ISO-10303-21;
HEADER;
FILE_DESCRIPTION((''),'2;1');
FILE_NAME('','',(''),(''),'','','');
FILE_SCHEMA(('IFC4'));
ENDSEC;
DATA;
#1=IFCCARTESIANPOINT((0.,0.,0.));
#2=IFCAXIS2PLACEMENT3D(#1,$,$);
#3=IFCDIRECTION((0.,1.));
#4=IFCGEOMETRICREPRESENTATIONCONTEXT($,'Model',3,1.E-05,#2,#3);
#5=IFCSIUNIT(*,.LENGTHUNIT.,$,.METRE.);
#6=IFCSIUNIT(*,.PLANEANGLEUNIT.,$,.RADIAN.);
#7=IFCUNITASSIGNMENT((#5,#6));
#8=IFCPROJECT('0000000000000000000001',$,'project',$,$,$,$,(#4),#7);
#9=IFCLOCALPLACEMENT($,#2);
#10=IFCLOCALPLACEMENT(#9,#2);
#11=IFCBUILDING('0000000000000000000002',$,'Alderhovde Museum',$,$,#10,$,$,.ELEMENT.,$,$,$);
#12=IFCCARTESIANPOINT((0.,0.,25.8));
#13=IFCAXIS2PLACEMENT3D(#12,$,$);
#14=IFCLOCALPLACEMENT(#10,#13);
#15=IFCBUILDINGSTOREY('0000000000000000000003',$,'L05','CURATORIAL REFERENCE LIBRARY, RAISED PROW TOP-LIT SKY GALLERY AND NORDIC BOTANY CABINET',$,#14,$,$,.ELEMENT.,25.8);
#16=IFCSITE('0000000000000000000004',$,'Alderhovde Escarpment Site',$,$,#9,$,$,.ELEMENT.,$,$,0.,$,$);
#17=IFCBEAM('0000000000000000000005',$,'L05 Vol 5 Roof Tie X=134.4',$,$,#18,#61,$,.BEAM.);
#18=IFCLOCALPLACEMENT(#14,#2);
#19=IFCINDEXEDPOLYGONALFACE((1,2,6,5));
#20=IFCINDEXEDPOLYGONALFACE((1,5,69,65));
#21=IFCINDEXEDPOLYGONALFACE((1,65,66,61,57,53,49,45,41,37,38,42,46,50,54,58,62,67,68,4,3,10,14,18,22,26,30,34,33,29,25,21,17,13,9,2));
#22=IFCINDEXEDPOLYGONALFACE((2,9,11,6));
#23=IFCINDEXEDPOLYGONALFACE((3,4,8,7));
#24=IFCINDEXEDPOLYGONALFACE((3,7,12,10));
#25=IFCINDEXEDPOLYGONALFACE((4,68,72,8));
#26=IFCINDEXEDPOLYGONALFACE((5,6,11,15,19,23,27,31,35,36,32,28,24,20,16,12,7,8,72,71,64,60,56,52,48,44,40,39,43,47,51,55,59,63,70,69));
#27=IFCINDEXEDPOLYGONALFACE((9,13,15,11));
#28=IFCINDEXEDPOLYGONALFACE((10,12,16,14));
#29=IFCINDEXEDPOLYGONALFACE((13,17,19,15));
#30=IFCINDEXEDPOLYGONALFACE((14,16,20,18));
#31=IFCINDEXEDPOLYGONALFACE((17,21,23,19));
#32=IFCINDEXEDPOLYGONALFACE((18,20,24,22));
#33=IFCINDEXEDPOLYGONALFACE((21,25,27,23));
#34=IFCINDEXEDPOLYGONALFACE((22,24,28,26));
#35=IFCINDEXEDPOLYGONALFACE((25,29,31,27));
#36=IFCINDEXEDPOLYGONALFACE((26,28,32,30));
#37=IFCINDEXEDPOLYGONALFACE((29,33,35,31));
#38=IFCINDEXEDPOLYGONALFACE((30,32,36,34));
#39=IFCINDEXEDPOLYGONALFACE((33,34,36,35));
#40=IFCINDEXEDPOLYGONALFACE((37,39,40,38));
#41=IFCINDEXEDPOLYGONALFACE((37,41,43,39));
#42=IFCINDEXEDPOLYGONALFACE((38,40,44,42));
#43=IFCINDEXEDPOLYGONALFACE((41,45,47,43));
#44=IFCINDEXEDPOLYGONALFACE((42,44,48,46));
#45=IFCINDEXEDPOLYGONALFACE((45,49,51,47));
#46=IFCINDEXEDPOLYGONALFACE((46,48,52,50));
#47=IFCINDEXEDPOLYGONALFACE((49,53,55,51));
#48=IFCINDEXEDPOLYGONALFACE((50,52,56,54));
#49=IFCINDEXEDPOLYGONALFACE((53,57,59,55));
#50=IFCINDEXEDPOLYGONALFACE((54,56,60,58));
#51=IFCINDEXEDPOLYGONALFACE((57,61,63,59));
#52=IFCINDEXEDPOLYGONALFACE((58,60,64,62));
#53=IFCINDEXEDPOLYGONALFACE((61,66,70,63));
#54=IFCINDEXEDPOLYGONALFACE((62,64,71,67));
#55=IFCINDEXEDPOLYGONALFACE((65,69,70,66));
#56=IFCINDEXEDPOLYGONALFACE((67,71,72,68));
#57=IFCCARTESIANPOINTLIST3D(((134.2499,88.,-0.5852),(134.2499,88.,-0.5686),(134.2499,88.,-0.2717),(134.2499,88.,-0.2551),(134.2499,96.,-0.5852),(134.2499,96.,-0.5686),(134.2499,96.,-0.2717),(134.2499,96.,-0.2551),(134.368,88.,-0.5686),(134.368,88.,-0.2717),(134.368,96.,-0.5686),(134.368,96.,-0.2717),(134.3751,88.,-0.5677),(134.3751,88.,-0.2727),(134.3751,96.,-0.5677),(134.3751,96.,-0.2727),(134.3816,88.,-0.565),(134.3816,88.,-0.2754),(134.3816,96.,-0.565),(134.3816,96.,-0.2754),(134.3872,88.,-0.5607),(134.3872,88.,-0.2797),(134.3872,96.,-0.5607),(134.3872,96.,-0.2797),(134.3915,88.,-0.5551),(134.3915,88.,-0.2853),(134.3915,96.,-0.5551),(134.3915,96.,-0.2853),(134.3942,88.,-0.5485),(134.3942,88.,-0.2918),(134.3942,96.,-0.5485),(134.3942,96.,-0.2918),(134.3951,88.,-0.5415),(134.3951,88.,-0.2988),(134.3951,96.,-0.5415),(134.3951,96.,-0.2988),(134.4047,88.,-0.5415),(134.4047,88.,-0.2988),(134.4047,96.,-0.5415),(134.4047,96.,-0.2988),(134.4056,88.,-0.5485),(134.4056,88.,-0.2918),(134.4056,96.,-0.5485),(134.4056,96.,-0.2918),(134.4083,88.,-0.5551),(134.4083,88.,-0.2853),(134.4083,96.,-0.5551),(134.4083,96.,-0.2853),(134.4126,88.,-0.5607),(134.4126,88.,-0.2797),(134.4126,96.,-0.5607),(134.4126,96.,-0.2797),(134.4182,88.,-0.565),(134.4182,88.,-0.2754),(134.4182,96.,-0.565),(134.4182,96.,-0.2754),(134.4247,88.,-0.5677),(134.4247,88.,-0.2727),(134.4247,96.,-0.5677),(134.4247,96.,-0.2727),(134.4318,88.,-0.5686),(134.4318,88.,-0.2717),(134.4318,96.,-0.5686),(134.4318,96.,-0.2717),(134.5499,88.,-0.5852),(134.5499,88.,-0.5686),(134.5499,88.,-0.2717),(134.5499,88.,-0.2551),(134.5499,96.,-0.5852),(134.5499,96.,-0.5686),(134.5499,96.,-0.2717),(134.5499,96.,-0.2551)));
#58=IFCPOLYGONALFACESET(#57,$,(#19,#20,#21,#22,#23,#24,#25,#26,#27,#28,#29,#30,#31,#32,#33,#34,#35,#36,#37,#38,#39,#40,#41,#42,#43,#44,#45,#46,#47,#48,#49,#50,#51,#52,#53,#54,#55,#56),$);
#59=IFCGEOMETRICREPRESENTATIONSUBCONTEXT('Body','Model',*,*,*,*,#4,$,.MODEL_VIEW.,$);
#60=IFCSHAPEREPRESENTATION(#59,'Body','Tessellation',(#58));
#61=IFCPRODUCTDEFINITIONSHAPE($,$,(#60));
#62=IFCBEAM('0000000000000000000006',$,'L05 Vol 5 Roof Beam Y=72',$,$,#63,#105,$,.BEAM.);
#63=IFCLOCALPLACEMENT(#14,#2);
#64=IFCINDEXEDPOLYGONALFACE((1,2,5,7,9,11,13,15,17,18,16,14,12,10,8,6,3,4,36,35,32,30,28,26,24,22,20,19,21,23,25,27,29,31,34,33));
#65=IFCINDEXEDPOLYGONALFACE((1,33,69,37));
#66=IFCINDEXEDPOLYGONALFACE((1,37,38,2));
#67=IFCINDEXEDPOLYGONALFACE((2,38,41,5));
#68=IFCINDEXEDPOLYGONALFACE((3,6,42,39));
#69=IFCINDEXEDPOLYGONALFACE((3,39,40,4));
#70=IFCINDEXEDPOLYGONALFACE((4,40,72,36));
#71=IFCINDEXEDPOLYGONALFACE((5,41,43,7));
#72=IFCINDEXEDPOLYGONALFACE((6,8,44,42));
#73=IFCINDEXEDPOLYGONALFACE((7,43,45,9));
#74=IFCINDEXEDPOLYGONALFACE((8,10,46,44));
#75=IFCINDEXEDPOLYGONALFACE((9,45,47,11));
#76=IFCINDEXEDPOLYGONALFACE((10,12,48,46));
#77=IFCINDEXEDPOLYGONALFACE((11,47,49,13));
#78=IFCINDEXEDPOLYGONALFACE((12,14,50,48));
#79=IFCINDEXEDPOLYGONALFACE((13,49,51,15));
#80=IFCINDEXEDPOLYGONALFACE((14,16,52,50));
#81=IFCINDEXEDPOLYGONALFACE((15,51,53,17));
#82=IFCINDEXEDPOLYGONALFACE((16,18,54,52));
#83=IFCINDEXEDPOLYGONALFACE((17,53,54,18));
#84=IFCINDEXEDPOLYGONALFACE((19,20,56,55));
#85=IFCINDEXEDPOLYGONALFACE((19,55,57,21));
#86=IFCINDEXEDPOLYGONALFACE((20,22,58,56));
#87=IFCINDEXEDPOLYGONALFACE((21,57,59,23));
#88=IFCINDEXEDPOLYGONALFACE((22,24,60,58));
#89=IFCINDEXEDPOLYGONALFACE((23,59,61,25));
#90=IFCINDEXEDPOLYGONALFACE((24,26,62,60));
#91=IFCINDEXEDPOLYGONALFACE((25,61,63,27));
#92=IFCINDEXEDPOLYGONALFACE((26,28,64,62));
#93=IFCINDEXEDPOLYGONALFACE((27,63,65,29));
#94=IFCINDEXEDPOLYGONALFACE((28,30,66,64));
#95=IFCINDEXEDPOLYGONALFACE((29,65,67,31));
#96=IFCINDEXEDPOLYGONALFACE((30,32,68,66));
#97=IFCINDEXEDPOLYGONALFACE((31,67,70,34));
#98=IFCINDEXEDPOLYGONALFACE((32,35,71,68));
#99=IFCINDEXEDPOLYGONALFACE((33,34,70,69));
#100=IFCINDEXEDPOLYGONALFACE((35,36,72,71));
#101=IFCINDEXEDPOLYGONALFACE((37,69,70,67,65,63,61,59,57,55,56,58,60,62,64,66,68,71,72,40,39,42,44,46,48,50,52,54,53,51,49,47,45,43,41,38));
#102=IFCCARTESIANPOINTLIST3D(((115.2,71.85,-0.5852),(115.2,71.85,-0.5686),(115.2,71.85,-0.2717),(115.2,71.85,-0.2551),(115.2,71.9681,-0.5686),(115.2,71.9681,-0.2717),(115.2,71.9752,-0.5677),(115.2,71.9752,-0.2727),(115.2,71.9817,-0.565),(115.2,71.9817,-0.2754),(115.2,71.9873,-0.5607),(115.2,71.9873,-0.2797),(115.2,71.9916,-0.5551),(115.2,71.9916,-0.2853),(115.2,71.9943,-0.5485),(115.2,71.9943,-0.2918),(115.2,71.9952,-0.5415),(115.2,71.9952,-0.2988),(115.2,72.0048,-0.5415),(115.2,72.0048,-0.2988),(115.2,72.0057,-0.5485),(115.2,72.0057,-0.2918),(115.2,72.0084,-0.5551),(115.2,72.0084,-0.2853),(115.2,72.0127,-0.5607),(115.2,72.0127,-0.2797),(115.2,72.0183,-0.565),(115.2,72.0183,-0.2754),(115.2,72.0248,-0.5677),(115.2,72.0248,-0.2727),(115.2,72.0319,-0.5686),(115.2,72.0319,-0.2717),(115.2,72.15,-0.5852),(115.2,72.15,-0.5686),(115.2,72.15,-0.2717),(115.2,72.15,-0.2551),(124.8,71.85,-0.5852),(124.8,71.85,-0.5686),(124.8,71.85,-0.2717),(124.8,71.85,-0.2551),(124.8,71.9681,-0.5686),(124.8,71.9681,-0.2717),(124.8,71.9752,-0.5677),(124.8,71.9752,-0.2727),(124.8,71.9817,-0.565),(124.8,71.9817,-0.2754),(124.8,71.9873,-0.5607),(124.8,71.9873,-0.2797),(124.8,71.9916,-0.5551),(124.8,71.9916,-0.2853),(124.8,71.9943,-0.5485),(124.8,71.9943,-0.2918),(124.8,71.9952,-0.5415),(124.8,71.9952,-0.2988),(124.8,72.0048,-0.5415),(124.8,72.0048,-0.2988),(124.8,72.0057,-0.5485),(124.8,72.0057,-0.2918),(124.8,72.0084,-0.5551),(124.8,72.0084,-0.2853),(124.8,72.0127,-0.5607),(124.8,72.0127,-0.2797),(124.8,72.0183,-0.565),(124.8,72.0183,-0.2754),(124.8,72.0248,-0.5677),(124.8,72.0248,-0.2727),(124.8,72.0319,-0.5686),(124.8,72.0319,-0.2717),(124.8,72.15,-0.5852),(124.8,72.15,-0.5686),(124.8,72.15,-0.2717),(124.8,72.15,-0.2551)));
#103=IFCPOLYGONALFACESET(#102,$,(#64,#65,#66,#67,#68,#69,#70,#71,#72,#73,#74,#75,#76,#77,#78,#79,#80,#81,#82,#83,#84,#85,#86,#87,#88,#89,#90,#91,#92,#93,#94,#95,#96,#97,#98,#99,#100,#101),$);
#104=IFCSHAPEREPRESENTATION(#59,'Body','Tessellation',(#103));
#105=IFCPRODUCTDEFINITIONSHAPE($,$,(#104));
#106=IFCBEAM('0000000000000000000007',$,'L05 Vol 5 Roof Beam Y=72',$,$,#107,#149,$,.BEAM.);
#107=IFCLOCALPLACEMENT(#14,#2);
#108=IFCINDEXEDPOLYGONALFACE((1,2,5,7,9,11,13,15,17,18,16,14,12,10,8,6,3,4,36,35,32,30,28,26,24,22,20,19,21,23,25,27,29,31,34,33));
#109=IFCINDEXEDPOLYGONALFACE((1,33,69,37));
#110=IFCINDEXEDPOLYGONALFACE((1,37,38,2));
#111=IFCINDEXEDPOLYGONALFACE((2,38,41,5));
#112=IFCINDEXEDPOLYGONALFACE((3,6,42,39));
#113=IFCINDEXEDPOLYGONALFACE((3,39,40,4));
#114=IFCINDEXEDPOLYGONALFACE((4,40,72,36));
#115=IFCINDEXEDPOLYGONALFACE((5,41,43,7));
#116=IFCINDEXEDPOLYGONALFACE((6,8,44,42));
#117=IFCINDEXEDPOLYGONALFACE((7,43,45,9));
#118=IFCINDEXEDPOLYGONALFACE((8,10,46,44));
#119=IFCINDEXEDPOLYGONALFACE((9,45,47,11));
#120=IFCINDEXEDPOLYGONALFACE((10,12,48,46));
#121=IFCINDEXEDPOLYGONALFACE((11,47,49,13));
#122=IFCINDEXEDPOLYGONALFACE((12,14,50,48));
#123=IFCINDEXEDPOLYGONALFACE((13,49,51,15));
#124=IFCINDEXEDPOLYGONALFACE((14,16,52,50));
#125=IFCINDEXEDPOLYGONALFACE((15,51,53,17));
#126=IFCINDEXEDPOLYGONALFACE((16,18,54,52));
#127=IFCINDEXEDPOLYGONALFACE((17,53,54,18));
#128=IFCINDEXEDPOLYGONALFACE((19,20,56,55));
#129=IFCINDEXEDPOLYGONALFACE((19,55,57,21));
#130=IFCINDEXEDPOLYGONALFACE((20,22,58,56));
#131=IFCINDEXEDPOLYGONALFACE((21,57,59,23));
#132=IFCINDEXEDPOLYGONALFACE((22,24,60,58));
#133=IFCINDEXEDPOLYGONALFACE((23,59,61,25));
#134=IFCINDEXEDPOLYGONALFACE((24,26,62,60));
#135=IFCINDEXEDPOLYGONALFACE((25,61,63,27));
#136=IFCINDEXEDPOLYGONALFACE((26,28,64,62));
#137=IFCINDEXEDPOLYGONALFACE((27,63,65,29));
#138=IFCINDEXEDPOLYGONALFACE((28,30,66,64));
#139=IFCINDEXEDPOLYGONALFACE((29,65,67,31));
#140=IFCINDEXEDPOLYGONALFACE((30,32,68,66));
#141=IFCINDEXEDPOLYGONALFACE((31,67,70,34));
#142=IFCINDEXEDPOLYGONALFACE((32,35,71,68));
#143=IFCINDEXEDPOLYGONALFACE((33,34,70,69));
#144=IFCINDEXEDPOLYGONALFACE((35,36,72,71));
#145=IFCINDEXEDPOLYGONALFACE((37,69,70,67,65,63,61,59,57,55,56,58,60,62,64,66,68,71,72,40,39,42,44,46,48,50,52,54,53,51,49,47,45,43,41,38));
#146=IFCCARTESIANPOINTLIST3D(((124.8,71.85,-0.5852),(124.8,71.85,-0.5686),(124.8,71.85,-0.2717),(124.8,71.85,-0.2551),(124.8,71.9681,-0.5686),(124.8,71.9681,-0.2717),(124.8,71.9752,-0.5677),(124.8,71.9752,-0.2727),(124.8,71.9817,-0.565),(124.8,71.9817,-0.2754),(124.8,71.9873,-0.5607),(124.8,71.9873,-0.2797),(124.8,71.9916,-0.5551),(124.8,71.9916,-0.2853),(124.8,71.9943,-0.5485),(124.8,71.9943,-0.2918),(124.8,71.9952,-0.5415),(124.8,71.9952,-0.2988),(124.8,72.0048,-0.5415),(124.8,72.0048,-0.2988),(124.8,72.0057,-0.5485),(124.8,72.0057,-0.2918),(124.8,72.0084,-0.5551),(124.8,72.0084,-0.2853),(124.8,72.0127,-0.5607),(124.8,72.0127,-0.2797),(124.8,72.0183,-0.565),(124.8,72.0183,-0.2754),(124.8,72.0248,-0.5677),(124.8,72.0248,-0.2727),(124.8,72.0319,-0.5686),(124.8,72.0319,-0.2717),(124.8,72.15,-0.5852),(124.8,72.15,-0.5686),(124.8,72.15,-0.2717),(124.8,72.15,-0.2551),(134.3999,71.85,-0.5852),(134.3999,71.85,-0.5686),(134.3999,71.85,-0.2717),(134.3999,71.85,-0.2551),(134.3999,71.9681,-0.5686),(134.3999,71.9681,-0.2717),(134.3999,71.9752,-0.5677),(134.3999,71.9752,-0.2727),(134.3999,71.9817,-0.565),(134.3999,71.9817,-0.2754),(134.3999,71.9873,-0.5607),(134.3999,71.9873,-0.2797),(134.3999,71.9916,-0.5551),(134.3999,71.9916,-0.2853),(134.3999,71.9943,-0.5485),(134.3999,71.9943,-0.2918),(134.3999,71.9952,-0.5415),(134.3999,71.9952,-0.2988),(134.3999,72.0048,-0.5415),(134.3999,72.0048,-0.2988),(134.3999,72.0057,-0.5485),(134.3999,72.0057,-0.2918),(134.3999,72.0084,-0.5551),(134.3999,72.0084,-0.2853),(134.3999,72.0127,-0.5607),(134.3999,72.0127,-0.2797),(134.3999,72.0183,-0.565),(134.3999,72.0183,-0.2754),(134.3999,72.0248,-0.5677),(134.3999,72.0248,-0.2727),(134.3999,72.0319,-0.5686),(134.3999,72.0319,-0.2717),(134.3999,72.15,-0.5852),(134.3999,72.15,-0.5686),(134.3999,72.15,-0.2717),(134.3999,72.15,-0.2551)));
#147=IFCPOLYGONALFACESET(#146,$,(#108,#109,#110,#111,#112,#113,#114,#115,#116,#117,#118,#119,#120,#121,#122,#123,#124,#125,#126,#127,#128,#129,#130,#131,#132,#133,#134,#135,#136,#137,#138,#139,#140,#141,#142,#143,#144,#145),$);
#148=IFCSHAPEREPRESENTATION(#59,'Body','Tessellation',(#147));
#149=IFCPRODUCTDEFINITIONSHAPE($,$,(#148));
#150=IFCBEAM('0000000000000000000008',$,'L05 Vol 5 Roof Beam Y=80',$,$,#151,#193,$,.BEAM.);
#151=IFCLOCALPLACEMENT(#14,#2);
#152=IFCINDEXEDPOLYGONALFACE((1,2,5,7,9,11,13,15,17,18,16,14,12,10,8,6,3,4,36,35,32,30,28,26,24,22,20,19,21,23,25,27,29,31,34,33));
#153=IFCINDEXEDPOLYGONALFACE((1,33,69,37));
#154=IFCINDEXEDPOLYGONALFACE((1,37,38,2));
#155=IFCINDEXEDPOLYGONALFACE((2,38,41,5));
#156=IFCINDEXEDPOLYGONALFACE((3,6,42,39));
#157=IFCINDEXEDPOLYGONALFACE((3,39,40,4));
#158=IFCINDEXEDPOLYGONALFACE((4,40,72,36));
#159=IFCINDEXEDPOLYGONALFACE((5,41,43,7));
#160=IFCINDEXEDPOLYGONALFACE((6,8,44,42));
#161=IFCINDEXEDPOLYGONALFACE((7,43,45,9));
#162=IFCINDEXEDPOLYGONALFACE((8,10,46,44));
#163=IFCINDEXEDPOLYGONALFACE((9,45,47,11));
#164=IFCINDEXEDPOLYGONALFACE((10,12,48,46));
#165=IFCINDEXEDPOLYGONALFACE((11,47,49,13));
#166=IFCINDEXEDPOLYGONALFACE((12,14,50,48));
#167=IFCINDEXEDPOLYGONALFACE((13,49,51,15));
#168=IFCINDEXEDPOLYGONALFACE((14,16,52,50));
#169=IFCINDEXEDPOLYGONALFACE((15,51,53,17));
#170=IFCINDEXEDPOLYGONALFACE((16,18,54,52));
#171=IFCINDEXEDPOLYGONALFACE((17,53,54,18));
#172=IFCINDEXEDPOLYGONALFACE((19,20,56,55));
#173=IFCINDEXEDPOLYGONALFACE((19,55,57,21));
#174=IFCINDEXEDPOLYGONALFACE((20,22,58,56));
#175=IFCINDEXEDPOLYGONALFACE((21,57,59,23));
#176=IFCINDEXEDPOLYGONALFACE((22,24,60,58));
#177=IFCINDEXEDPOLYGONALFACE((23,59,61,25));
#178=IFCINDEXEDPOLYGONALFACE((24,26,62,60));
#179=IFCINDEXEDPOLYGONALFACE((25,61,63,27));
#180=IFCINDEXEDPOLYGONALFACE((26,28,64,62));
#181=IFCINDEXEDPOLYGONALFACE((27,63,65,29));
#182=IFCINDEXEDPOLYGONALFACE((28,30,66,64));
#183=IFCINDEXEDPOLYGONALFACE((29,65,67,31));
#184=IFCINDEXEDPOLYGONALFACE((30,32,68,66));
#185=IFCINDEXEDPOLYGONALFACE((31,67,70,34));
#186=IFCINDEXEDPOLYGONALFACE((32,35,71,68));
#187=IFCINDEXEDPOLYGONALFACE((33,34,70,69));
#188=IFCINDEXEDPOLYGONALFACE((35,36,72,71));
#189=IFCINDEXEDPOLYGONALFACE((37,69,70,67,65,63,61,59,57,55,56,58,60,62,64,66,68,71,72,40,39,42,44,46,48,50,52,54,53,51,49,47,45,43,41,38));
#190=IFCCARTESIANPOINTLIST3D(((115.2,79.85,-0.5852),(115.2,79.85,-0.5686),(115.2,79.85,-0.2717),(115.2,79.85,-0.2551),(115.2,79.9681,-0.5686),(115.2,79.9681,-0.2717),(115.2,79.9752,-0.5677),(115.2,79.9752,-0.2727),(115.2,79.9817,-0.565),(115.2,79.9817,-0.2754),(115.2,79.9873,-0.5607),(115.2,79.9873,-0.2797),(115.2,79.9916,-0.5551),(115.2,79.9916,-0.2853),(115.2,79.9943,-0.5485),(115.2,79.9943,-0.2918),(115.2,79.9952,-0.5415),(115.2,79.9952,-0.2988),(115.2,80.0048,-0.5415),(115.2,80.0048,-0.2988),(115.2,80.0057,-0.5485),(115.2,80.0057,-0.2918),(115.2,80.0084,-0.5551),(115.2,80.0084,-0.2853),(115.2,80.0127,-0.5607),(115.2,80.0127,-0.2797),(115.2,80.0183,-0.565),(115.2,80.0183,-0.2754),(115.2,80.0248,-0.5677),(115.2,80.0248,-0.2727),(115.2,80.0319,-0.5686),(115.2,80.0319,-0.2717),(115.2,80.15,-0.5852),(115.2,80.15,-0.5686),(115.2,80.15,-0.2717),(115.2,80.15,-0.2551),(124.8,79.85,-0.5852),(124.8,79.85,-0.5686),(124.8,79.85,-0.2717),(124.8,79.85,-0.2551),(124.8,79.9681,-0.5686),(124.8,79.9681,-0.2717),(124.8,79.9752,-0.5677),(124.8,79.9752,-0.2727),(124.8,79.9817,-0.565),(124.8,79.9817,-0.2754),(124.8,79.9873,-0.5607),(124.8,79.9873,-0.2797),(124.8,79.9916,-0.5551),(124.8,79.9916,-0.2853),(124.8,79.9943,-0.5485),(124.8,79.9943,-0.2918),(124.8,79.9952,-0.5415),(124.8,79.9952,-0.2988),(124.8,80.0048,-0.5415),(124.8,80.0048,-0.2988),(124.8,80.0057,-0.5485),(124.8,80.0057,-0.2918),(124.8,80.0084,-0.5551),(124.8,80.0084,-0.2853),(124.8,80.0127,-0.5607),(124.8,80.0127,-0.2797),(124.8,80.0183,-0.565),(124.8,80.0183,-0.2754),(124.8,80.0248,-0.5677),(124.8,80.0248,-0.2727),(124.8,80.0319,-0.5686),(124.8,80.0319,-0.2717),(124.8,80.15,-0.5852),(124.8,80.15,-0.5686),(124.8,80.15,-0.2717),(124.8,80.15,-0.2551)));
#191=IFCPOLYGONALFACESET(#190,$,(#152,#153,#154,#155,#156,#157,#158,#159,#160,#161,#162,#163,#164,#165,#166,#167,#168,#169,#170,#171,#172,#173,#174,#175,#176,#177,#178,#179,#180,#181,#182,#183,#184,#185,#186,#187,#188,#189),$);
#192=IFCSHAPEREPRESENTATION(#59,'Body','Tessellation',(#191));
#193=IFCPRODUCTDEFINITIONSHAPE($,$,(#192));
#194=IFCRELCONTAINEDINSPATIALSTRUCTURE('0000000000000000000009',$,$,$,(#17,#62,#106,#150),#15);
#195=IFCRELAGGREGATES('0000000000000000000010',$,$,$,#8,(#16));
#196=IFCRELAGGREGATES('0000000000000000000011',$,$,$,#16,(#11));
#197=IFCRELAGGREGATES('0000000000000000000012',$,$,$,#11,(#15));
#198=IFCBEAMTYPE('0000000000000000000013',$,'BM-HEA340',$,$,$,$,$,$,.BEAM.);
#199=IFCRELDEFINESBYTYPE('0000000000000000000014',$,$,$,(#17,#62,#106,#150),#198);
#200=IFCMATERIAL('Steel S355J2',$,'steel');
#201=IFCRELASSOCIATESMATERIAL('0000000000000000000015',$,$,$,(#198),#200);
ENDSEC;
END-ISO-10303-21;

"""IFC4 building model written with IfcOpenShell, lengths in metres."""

from ifc_helpers import new_model, si_unit, direction, frame, origin, origin_2d, place, context, subcontext, project, spatial, i_section, extrude, material, material_profile, profile_set, type_object, element, save


model = new_model("IFC4")

# Units and contexts
model_context = context("Model", 3, precision=1e-05, world=origin(), true_north=direction((0.0, 1.0)))
body_context = subcontext(model_context, "Body", "Model", "MODEL_VIEW")
ifc_project = project(units=[si_unit("LENGTHUNIT", "METRE"), si_unit("PLANEANGLEUNIT", "RADIAN")], contexts=[model_context])

# Site, building, storey
site_placement = place(None, origin())
site = spatial("IfcSite", under=ifc_project, at=site_placement, Name="Alderhovde Escarpment Site", CompositionType="ELEMENT", RefElevation=0.0)
building_placement = place(site_placement, origin())
building = spatial("IfcBuilding", under=site, at=building_placement, Name="Alderhovde Museum", CompositionType="ELEMENT")
storey_placement = place(building_placement, frame((0.0, 0.0, 25.8)))
storey = spatial("IfcBuildingStorey", under=building, at=storey_placement, Name="L05", Description="CURATORIAL REFERENCE LIBRARY, RAISED PROW TOP-LIT SKY GALLERY AND NORDIC BOTANY CABINET", CompositionType="ELEMENT", Elevation=25.8)

# Beams
ifc_material_1 = material(Name="Steel S355J2", Category="steel")
ifc_material_profile_1 = material_profile(ifc_material_1, i_section(OverallWidth=0.3, OverallDepth=0.3301, WebThickness=0.0095, FlangeThickness=0.0166, FilletRadius=0.0271, at=origin_2d()), Name="HEA 340")
ifc_profile_set_1 = profile_set([ifc_material_profile_1], Name="Steel S355J2")
beam_type_1 = type_object("IfcBeamType", Name="BM-HEA340", PredefinedType="BEAM", material=ifc_profile_set_1)
for number, where, z_axis, x_axis, name in (
    (1, (134.3999, 88.0, -0.4202), (0.0, 1.0, 0.0), (-1.0, 0.0, 0.0), "L05 Vol 5 Roof Tie X=134.4"),
):
    element("IfcBeam", number, at=place(storey_placement, frame(where, z_axis=z_axis, x_axis=x_axis)), inside=storey, type_object=beam_type_1, Name=name, PredefinedType="BEAM", context=body_context, shape_type="SweptSolid", body=[
        extrude(i_section(OverallWidth=0.3, OverallDepth=0.3301, WebThickness=0.0095, FlangeThickness=0.0166, FilletRadius=0.0271, at=origin_2d()), origin(), (0.0, 0.0, 1.0), 8.0),
    ])
beam_1_placement = place(storey_placement, frame((115.2, 72.0, -0.4202), z_axis=(1.0, 0.0, 0.0), x_axis=(0.0, 1.0, 0.0)))
element("IfcBeam", 2, at=beam_1_placement, inside=storey, type_object=beam_type_1, Name="L05 Vol 5 Roof Beam Y=72", PredefinedType="BEAM", context=body_context, shape_type="SweptSolid", body=[
    extrude(i_section(OverallWidth=0.3, OverallDepth=0.3301, WebThickness=0.0095, FlangeThickness=0.0166, FilletRadius=0.0271, at=origin_2d()), origin(), (0.0, 0.0, 1.0), 9.6001),
])
beam_2_placement = place(storey_placement, frame((124.8, 72.0, -0.4202), z_axis=(1.0, 0.0, 0.0), x_axis=(0.0, 1.0, 0.0)))
element("IfcBeam", 3, at=beam_2_placement, inside=storey, type_object=beam_type_1, Name="L05 Vol 5 Roof Beam Y=72", PredefinedType="BEAM", context=body_context, shape_type="SweptSolid", body=[
    extrude(i_section(OverallWidth=0.3, OverallDepth=0.3301, WebThickness=0.0095, FlangeThickness=0.0166, FilletRadius=0.0271, at=origin_2d()), origin(), (0.0, 0.0, 1.0), 9.5999),
])
beam_3_placement = place(storey_placement, frame((115.2, 80.0, -0.4202), z_axis=(1.0, 0.0, 0.0), x_axis=(0.0, 1.0, 0.0)))
element("IfcBeam", 4, at=beam_3_placement, inside=storey, type_object=beam_type_1, Name="L05 Vol 5 Roof Beam Y=80", PredefinedType="BEAM", context=body_context, shape_type="SweptSolid", body=[
    extrude(i_section(OverallWidth=0.3, OverallDepth=0.3301, WebThickness=0.0095, FlangeThickness=0.0166, FilletRadius=0.0271, at=origin_2d()), origin(), (0.0, 0.0, 1.0), 9.6001),
])

save(model, "model.ifc")
